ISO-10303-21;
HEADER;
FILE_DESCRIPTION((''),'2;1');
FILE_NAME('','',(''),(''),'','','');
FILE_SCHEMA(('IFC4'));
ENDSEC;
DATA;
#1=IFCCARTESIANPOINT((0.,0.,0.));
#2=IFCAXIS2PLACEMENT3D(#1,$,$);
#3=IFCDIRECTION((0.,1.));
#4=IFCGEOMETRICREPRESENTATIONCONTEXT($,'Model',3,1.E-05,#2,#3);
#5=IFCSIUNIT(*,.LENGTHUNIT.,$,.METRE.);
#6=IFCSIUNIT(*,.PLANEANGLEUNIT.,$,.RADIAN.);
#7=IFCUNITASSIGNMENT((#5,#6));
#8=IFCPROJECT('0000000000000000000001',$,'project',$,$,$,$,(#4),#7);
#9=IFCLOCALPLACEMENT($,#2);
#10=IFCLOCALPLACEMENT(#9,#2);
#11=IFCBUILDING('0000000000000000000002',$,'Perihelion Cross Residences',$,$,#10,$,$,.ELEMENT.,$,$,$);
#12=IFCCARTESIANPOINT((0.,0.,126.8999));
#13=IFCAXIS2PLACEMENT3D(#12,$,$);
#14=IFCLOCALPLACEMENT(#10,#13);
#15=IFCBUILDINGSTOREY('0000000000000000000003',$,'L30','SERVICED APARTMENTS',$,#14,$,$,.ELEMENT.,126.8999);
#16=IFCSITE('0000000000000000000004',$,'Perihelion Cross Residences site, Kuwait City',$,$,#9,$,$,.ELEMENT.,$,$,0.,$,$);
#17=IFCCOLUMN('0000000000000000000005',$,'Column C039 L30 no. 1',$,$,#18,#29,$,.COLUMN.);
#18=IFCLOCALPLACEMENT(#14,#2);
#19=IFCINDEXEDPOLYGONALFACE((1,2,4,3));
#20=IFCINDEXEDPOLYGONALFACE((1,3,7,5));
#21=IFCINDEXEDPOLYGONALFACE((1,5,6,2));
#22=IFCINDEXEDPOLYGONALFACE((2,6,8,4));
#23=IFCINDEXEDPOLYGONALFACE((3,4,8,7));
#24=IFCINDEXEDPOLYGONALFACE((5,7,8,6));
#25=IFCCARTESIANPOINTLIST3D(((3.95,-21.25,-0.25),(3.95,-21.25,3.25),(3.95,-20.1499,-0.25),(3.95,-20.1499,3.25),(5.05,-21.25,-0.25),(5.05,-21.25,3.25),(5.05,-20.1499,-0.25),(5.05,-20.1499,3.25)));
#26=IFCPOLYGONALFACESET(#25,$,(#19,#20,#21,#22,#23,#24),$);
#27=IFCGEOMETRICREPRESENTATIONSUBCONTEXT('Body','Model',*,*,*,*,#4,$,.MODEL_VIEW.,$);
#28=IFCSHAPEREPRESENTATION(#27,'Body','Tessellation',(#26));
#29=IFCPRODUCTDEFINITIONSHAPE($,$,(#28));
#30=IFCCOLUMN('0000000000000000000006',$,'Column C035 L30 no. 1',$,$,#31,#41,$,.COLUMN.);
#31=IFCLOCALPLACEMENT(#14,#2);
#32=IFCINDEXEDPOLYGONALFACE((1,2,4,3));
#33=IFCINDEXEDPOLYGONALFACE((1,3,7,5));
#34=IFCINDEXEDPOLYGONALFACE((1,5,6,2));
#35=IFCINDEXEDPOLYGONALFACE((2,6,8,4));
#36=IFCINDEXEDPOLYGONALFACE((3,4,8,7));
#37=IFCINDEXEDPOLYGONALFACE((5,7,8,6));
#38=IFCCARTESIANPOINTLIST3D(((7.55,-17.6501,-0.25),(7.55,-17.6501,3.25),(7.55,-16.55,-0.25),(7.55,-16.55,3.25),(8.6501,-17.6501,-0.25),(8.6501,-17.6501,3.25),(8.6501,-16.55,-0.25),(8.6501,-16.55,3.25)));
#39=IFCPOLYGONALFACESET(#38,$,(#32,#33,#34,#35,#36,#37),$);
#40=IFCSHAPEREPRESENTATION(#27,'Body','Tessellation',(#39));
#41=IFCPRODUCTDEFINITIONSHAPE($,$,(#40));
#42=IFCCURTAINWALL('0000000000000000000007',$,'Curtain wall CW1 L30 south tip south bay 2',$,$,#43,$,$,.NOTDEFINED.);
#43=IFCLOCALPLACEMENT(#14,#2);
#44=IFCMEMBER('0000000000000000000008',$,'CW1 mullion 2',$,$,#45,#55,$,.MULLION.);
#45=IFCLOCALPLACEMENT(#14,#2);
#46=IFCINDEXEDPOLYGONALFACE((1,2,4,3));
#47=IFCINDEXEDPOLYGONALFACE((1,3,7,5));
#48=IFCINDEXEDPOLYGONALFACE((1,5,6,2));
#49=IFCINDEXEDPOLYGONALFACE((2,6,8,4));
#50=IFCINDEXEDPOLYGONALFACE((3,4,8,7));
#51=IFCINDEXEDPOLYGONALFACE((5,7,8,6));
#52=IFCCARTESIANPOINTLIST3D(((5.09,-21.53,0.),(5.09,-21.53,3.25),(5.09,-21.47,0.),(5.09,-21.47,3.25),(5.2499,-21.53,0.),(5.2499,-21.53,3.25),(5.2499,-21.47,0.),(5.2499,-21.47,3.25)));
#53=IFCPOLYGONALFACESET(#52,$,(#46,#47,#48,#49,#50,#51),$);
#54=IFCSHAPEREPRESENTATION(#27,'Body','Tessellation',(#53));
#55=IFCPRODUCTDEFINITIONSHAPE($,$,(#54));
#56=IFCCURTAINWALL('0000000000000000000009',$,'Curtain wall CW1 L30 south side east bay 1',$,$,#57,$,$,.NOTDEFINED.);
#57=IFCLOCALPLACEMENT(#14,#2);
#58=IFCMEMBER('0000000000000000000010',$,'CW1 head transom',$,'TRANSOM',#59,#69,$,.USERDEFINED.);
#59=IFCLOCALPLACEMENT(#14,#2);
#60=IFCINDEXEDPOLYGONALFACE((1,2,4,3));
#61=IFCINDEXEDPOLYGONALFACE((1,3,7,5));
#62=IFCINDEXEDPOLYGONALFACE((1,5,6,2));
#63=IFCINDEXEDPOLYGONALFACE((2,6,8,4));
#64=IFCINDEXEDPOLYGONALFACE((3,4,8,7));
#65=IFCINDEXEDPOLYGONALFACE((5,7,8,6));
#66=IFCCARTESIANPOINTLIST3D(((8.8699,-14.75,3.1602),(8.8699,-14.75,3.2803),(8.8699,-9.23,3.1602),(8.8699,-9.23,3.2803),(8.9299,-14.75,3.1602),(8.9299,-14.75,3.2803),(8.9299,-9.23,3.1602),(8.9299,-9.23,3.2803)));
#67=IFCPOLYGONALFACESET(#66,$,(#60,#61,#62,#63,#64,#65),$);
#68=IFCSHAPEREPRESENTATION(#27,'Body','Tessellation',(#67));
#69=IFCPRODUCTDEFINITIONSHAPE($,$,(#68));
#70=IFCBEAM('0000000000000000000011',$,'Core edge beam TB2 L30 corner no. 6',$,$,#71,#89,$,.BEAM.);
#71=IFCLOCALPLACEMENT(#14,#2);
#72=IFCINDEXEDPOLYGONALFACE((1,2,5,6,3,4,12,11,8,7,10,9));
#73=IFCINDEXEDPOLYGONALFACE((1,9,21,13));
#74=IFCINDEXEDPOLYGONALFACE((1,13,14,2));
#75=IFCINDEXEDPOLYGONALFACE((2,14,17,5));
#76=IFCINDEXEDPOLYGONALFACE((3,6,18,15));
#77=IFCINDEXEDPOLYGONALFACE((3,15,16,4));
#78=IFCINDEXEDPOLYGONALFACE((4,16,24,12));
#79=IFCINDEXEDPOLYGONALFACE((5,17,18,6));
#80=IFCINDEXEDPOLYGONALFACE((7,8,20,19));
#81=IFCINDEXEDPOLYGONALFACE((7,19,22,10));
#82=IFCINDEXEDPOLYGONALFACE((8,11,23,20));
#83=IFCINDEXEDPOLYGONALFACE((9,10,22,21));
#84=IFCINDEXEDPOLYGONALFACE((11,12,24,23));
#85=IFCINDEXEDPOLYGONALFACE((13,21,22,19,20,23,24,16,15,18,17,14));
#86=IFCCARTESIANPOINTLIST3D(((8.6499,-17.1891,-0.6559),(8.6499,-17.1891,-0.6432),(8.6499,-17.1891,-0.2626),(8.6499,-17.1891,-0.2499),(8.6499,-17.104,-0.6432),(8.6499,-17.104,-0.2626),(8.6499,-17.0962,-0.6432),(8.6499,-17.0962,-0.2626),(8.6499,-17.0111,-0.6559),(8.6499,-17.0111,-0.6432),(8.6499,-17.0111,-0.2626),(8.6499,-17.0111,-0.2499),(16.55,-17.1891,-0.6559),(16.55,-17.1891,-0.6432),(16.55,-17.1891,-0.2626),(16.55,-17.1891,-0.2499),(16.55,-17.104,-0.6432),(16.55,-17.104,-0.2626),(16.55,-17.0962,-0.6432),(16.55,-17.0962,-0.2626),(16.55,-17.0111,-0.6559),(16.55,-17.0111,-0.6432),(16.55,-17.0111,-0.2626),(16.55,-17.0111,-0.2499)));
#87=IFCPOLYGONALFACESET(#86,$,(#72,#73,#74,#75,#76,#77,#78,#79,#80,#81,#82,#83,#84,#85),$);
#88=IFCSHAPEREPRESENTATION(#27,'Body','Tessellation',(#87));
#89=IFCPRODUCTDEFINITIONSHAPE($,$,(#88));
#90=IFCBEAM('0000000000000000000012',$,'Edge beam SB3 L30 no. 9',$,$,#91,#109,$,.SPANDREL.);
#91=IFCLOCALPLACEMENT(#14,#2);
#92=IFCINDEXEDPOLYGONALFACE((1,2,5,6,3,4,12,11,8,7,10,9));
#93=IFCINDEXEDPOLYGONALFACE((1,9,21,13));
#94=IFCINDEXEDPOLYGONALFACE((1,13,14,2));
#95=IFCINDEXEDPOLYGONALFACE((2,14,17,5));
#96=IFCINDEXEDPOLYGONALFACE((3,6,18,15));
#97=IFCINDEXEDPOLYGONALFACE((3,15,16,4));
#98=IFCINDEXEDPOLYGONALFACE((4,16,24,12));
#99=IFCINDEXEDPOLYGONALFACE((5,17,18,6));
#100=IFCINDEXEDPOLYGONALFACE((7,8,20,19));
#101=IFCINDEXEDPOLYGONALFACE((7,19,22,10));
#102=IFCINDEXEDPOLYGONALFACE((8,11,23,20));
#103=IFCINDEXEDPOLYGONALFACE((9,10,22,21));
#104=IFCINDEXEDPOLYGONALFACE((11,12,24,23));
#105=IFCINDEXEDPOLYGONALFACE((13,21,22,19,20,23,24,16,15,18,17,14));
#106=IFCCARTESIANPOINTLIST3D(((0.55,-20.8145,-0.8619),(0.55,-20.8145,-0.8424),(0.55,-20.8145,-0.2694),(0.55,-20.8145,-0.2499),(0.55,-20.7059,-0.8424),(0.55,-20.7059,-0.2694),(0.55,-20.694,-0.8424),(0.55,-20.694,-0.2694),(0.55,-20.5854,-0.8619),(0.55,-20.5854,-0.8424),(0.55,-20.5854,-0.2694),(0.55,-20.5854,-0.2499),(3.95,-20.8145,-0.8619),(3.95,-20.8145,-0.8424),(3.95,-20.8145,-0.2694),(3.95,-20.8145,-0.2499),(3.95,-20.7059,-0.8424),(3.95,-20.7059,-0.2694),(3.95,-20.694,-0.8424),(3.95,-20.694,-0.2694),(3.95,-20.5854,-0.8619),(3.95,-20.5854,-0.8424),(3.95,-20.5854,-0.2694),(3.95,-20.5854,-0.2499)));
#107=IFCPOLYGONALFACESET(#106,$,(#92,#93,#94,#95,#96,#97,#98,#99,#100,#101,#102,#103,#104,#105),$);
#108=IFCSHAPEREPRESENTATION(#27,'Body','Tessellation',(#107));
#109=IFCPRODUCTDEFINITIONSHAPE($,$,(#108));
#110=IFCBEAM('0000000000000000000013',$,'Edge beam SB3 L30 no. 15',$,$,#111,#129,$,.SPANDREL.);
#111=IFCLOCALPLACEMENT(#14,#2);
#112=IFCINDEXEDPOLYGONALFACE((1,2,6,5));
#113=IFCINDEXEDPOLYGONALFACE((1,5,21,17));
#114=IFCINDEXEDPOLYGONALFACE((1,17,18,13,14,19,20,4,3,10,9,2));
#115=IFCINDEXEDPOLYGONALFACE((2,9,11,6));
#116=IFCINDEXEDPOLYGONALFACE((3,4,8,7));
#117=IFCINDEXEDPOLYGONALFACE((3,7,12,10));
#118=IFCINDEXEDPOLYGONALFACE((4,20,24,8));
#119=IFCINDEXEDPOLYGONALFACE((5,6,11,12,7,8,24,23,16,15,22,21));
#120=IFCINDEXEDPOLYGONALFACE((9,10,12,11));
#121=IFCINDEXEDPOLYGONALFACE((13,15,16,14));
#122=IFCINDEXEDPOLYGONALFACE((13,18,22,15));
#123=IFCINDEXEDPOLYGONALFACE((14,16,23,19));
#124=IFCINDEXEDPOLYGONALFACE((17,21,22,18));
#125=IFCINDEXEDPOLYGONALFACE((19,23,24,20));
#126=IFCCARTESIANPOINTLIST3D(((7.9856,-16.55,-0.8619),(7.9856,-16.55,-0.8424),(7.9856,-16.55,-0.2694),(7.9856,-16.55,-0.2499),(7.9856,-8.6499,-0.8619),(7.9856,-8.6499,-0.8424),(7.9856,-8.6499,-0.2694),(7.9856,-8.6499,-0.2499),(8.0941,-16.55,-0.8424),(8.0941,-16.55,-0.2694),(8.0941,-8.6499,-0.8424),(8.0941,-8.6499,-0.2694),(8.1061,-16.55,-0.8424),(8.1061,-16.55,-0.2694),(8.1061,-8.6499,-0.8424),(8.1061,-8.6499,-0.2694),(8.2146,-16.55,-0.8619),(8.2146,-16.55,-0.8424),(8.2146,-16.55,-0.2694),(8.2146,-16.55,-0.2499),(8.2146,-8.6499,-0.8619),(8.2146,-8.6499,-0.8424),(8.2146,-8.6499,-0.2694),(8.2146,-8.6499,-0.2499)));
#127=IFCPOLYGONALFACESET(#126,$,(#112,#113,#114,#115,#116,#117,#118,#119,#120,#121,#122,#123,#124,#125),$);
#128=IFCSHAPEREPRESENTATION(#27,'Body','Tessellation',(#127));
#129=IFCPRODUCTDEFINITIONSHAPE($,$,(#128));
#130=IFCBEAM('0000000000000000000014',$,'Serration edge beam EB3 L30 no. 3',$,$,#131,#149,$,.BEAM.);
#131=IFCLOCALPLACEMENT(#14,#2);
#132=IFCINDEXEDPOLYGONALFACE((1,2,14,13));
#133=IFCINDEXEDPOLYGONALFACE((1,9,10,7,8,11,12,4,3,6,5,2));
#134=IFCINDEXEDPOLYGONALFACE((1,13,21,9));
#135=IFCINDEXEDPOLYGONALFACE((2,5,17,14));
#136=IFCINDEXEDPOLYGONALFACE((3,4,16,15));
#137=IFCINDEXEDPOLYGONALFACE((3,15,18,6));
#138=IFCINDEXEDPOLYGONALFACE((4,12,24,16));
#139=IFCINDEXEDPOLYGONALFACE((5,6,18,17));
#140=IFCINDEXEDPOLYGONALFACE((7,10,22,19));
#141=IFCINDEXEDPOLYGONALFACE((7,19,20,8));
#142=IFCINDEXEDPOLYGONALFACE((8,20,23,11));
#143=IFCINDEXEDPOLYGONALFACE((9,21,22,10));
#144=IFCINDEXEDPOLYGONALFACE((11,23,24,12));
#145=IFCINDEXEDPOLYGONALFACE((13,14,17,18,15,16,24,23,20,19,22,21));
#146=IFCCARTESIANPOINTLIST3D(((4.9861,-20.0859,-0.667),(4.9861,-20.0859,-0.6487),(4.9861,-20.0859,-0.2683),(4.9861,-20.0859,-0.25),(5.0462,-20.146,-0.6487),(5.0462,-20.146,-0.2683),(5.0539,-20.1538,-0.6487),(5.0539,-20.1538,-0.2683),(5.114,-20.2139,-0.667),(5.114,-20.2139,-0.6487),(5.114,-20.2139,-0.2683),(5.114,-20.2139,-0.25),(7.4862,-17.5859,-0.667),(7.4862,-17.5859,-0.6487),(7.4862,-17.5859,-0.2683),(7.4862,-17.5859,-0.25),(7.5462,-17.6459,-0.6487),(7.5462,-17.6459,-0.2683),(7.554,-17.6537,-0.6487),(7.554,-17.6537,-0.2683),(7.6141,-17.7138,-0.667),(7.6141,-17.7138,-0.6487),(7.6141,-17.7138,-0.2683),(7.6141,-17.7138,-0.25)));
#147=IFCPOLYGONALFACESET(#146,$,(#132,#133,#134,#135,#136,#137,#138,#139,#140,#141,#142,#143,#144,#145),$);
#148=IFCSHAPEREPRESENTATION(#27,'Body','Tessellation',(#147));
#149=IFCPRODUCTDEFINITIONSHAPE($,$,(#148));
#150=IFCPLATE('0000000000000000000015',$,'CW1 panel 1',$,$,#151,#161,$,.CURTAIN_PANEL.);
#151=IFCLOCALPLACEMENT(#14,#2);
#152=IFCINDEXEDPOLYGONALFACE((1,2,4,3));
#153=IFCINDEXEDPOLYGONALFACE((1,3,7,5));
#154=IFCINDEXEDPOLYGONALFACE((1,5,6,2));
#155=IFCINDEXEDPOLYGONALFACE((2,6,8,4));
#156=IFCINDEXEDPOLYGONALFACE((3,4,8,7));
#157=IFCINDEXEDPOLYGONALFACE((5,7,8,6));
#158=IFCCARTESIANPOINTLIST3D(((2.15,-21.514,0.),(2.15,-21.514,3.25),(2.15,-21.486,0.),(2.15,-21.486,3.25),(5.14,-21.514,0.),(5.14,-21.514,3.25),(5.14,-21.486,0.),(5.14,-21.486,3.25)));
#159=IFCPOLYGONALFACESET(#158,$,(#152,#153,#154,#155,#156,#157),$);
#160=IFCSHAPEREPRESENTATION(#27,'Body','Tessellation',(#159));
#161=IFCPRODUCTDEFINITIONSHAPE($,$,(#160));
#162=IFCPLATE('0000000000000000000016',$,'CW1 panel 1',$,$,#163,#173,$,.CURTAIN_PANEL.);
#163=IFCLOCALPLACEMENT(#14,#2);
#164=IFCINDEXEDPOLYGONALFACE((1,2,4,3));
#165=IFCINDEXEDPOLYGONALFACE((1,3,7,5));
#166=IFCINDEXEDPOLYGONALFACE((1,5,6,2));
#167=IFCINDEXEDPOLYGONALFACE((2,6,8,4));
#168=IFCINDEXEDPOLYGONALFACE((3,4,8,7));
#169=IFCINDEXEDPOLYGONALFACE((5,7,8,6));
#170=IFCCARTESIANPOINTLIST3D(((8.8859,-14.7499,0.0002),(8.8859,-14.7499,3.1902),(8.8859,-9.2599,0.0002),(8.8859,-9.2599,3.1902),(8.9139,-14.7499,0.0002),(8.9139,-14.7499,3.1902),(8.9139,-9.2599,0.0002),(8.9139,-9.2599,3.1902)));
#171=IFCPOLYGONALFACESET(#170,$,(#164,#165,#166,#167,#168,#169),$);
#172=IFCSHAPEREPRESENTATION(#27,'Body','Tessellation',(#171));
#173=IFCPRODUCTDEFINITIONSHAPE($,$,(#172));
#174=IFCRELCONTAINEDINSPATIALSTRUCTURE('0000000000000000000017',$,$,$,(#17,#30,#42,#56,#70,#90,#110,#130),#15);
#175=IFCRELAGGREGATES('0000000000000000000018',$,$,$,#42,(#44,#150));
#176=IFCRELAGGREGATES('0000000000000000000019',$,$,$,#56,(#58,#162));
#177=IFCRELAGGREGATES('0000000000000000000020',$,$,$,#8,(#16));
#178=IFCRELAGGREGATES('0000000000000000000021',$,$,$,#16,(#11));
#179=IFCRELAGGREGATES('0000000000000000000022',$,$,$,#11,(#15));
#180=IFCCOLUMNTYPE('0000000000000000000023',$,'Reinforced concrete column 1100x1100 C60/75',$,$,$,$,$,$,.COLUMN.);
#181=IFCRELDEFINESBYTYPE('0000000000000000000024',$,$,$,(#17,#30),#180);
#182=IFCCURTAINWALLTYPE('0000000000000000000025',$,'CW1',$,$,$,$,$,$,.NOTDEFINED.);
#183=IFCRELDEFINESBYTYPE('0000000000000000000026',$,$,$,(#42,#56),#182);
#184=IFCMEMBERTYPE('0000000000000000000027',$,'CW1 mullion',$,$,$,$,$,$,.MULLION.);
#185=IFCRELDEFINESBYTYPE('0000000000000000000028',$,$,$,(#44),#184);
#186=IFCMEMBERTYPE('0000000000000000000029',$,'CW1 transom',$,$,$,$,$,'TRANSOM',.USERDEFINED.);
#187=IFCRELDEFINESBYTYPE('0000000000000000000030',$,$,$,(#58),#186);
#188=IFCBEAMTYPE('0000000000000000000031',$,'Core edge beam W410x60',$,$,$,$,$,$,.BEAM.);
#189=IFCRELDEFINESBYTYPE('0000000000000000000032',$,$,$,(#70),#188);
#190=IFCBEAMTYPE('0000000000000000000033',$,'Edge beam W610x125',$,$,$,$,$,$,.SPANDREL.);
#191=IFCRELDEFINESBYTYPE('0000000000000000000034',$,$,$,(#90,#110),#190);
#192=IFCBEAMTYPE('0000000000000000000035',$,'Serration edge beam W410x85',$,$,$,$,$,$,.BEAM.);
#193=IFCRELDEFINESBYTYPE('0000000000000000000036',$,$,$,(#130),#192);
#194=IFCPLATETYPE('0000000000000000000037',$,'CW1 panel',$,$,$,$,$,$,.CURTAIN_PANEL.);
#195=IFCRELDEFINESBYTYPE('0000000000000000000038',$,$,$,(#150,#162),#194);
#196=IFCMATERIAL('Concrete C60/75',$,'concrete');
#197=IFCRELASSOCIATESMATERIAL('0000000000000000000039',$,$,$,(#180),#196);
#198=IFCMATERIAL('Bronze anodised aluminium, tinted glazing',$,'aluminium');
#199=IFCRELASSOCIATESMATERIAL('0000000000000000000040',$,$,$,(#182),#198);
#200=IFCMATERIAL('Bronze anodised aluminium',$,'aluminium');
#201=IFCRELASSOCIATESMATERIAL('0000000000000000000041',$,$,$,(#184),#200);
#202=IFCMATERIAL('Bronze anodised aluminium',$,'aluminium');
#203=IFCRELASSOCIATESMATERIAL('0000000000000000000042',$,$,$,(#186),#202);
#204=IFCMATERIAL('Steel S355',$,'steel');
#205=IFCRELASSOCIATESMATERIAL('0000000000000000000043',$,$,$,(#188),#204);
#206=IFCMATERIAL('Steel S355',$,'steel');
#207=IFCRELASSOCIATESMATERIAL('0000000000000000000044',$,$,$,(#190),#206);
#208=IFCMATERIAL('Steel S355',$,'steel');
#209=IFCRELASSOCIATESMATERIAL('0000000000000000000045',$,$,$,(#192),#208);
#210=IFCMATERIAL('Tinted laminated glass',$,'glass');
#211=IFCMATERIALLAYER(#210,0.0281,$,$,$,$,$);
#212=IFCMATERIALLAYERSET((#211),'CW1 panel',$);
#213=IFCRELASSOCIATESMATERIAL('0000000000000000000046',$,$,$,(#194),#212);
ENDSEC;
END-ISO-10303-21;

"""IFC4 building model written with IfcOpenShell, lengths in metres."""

from ifc_helpers import new_model, si_unit, direction, frame, origin, origin_2d, place, context, subcontext, project, spatial, rectangle, i_section, extrude, material, layer, layer_set, material_profile, profile_set, type_object, element, aggregate, save


model = new_model("IFC4")

# Units and contexts
model_context = context("Model", 3, precision=1e-05, world=origin(), true_north=direction((0.0, 1.0)))
body_context = subcontext(model_context, "Body", "Model", "MODEL_VIEW")
ifc_project = project(units=[si_unit("LENGTHUNIT", "METRE"), si_unit("PLANEANGLEUNIT", "RADIAN")], contexts=[model_context])

# Site, building, storey
site_placement = place(None, origin())
site = spatial("IfcSite", under=ifc_project, at=site_placement, Name="Perihelion Cross Residences site, Kuwait City", CompositionType="ELEMENT", RefElevation=0.0)
building_placement = place(site_placement, origin())
building = spatial("IfcBuilding", under=site, at=building_placement, Name="Perihelion Cross Residences", CompositionType="ELEMENT")
storey_placement = place(building_placement, frame((0.0, 0.0, 126.8999)))
storey = spatial("IfcBuildingStorey", under=building, at=storey_placement, Name="L30", Description="SERVICED APARTMENTS", CompositionType="ELEMENT", Elevation=126.8999)

# Columns
ifc_material_1 = material(Name="Concrete C60/75", Category="concrete")
ifc_material_profile_1 = material_profile(ifc_material_1, rectangle(XDim=1.1001, YDim=1.1001, at=origin_2d()), Name="RC 1100x1100")
ifc_profile_set_1 = profile_set([ifc_material_profile_1], Name="Concrete C60/75")
column_type = type_object("IfcColumnType", Name="Reinforced concrete column 1100x1100 C60/75", PredefinedType="COLUMN", material=ifc_profile_set_1)
for number, where, z_axis, x_axis, name in (
    (1, (4.5, -20.7, -0.25), (0.0, 0.0, 1.0), (1.0, 0.0, 0.0), "Column C039 L30 no. 1"),
    (2, (8.1001, -17.1001, -0.25), (0.0, 0.0, 1.0), (1.0, 0.0, 0.0), "Column C035 L30 no. 1"),
):
    element("IfcColumn", number, at=place(storey_placement, frame(where, z_axis=z_axis, x_axis=x_axis)), inside=storey, type_object=column_type, Name=name, PredefinedType="COLUMN", context=body_context, shape_type="SweptSolid", body=[
        extrude(rectangle(XDim=1.1001, YDim=1.1001, at=origin_2d()), origin(), (0.0, 0.0, 1.0), 3.5),
    ])

# Curtain walls, members
ifc_material_2 = material(Name="Bronze anodised aluminium, tinted glazing", Category="aluminium")
curtain_wall_type = type_object("IfcCurtainWallType", Name="CW1", PredefinedType="NOTDEFINED", material=ifc_material_2)
curtain_wall_1_placement = place(storey_placement, origin())
curtain_wall_1 = element("IfcCurtainWall", 3, at=curtain_wall_1_placement, inside=storey, type_object=curtain_wall_type, Name="Curtain wall CW1 L30 south tip south bay 2", PredefinedType="NOTDEFINED")
ifc_material_3 = material(Name="Bronze anodised aluminium", Category="aluminium")
ifc_material_profile_2 = material_profile(ifc_material_3, rectangle(XDim=0.0601, YDim=0.1599, at=origin_2d()), Name="CW1 mullion")
ifc_profile_set_2 = profile_set([ifc_material_profile_2], Name="Bronze anodised aluminium")
member_type_1 = type_object("IfcMemberType", Name="CW1 mullion", PredefinedType="MULLION", material=ifc_profile_set_2)
member_1_placement = place(storey_placement, frame((5.1699, -21.5, 0.0), z_axis=(0.0, 0.0, 1.0), x_axis=(0.0, 1.0, 0.0)))
member_1 = element("IfcMember", 4, at=member_1_placement, type_object=member_type_1, Name="CW1 mullion 2", PredefinedType="MULLION", context=body_context, shape_type="SweptSolid", body=[
    extrude(rectangle(XDim=0.0601, YDim=0.1599, at=origin_2d()), origin(), (0.0, 0.0, 1.0), 3.25),
])
curtain_wall_2_placement = place(storey_placement, origin())
curtain_wall_2 = element("IfcCurtainWall", 5, at=curtain_wall_2_placement, inside=storey, type_object=curtain_wall_type, Name="Curtain wall CW1 L30 south side east bay 1", PredefinedType="NOTDEFINED")
ifc_material_4 = material(Name="Bronze anodised aluminium", Category="aluminium")
ifc_material_profile_3 = material_profile(ifc_material_4, rectangle(XDim=0.0601, YDim=0.1201, at=origin_2d()), Name="CW1 transom")
ifc_profile_set_3 = profile_set([ifc_material_profile_3], Name="Bronze anodised aluminium")
member_type_2 = type_object("IfcMemberType", Name="CW1 transom", ElementType="TRANSOM", PredefinedType="USERDEFINED", material=ifc_profile_set_3)
member_2_placement = place(storey_placement, frame((8.8999, -14.75, 3.2202), z_axis=(0.0, 1.0, 0.0), x_axis=(-1.0, 0.0, 0.0)))
member_2 = element("IfcMember", 6, at=member_2_placement, type_object=member_type_2, Name="CW1 head transom", ObjectType="TRANSOM", PredefinedType="USERDEFINED", context=body_context, shape_type="SweptSolid", body=[
    extrude(rectangle(XDim=0.0601, YDim=0.1201, at=origin_2d()), origin(), (0.0, 0.0, 1.0), 5.52),
])

# Beams
ifc_material_5 = material(Name="Steel S355", Category="steel")
ifc_material_profile_4 = material_profile(ifc_material_5, i_section(OverallWidth=0.178, OverallDepth=0.406, WebThickness=0.0078, FlangeThickness=0.0127, at=origin_2d()), Name="W410x60")
ifc_profile_set_4 = profile_set([ifc_material_profile_4], Name="Steel S355")
beam_type_1 = type_object("IfcBeamType", Name="Core edge beam W410x60", PredefinedType="BEAM", material=ifc_profile_set_4)
beam_1_placement = place(storey_placement, frame((8.6499, -17.1001, -0.4529), z_axis=(1.0, 0.0, 0.0), x_axis=(0.0, 1.0, 0.0)))
element("IfcBeam", 7, at=beam_1_placement, inside=storey, type_object=beam_type_1, Name="Core edge beam TB2 L30 corner no. 6", PredefinedType="BEAM", context=body_context, shape_type="SweptSolid", body=[
    extrude(i_section(OverallWidth=0.178, OverallDepth=0.406, WebThickness=0.0078, FlangeThickness=0.0127, at=origin_2d()), origin(), (0.0, 0.0, 1.0), 7.9001),
])
ifc_material_6 = material(Name="Steel S355", Category="steel")
ifc_material_profile_5 = material_profile(ifc_material_6, i_section(OverallWidth=0.229, OverallDepth=0.6121, WebThickness=0.012, FlangeThickness=0.0195, at=origin_2d()), Name="W610x125")
ifc_profile_set_5 = profile_set([ifc_material_profile_5], Name="Steel S355")
beam_type_2 = type_object("IfcBeamType", Name="Edge beam W610x125", PredefinedType="SPANDREL", material=ifc_profile_set_5)
beam_2_placement = place(storey_placement, frame((0.55, -20.7, -0.5559), z_axis=(1.0, 0.0, 0.0), x_axis=(0.0, 1.0, 0.0)))
element("IfcBeam", 8, at=beam_2_placement, inside=storey, type_object=beam_type_2, Name="Edge beam SB3 L30 no. 9", PredefinedType="SPANDREL", context=body_context, shape_type="SweptSolid", body=[
    extrude(i_section(OverallWidth=0.229, OverallDepth=0.6121, WebThickness=0.012, FlangeThickness=0.0195, at=origin_2d()), origin(), (0.0, 0.0, 1.0), 3.3999),
])
beam_3_placement = place(storey_placement, frame((8.1001, -16.55, -0.5559), z_axis=(0.0, 1.0, 0.0), x_axis=(-1.0, 0.0, 0.0)))
element("IfcBeam", 9, at=beam_3_placement, inside=storey, type_object=beam_type_2, Name="Edge beam SB3 L30 no. 15", PredefinedType="SPANDREL", context=body_context, shape_type="SweptSolid", body=[
    extrude(i_section(OverallWidth=0.229, OverallDepth=0.6121, WebThickness=0.012, FlangeThickness=0.0195, at=origin_2d()), origin(), (0.0, 0.0, 1.0), 7.9001),
])
ifc_material_7 = material(Name="Steel S355", Category="steel")
ifc_material_profile_6 = material_profile(ifc_material_7, i_section(OverallWidth=0.1809, OverallDepth=0.417, WebThickness=0.011, FlangeThickness=0.0183, at=origin_2d()), Name="W410x85")
ifc_profile_set_6 = profile_set([ifc_material_profile_6], Name="Steel S355")
beam_type_3 = type_object("IfcBeamType", Name="Serration edge beam W410x85", PredefinedType="BEAM", material=ifc_profile_set_6)
beam_4_placement = place(storey_placement, frame((5.05, -20.1499, -0.4585), z_axis=(0.707107, 0.707107, 0.0), x_axis=(-0.707107, 0.707107, 0.0)))
element("IfcBeam", 10, at=beam_4_placement, inside=storey, type_object=beam_type_3, Name="Serration edge beam EB3 L30 no. 3", PredefinedType="BEAM", context=body_context, shape_type="SweptSolid", body=[
    extrude(i_section(OverallWidth=0.1809, OverallDepth=0.417, WebThickness=0.011, FlangeThickness=0.0183, at=origin_2d()), origin(), (0.0, 0.0, 1.0), 3.5356),
])

# Plates
ifc_material_8 = material(Name="Tinted laminated glass", Category="glass")
ifc_layer_1 = layer(ifc_material_8, 0.0281)
ifc_layer_set_1 = layer_set([ifc_layer_1], Name="CW1 panel")
plate_type = type_object("IfcPlateType", Name="CW1 panel", PredefinedType="CURTAIN_PANEL", material=ifc_layer_set_1)
plate_1_placement = place(storey_placement, frame((3.645, -21.5, 0.0), z_axis=(0.0, 0.0, 1.0), x_axis=(1.0, 0.0, 0.0)))
plate_1 = element("IfcPlate", 11, at=plate_1_placement, type_object=plate_type, Name="CW1 panel 1", PredefinedType="CURTAIN_PANEL", context=body_context, shape_type="SweptSolid", body=[
    extrude(rectangle(XDim=2.99, YDim=0.0281, at=origin_2d()), origin(), (0.0, 0.0, 1.0), 3.25),
])
aggregate(curtain_wall_1, [member_1, plate_1])
plate_2_placement = place(storey_placement, frame((8.8999, -12.0049, 0.0002), z_axis=(0.0, 0.0, 1.0), x_axis=(0.0, 1.0, 0.0)))
plate_2 = element("IfcPlate", 12, at=plate_2_placement, type_object=plate_type, Name="CW1 panel 1", PredefinedType="CURTAIN_PANEL", context=body_context, shape_type="SweptSolid", body=[
    extrude(rectangle(XDim=5.49, YDim=0.0281, at=origin_2d()), origin(), (0.0, 0.0, 1.0), 3.1899),
])
aggregate(curtain_wall_2, [member_2, plate_2])

save(model, "model.ifc")
